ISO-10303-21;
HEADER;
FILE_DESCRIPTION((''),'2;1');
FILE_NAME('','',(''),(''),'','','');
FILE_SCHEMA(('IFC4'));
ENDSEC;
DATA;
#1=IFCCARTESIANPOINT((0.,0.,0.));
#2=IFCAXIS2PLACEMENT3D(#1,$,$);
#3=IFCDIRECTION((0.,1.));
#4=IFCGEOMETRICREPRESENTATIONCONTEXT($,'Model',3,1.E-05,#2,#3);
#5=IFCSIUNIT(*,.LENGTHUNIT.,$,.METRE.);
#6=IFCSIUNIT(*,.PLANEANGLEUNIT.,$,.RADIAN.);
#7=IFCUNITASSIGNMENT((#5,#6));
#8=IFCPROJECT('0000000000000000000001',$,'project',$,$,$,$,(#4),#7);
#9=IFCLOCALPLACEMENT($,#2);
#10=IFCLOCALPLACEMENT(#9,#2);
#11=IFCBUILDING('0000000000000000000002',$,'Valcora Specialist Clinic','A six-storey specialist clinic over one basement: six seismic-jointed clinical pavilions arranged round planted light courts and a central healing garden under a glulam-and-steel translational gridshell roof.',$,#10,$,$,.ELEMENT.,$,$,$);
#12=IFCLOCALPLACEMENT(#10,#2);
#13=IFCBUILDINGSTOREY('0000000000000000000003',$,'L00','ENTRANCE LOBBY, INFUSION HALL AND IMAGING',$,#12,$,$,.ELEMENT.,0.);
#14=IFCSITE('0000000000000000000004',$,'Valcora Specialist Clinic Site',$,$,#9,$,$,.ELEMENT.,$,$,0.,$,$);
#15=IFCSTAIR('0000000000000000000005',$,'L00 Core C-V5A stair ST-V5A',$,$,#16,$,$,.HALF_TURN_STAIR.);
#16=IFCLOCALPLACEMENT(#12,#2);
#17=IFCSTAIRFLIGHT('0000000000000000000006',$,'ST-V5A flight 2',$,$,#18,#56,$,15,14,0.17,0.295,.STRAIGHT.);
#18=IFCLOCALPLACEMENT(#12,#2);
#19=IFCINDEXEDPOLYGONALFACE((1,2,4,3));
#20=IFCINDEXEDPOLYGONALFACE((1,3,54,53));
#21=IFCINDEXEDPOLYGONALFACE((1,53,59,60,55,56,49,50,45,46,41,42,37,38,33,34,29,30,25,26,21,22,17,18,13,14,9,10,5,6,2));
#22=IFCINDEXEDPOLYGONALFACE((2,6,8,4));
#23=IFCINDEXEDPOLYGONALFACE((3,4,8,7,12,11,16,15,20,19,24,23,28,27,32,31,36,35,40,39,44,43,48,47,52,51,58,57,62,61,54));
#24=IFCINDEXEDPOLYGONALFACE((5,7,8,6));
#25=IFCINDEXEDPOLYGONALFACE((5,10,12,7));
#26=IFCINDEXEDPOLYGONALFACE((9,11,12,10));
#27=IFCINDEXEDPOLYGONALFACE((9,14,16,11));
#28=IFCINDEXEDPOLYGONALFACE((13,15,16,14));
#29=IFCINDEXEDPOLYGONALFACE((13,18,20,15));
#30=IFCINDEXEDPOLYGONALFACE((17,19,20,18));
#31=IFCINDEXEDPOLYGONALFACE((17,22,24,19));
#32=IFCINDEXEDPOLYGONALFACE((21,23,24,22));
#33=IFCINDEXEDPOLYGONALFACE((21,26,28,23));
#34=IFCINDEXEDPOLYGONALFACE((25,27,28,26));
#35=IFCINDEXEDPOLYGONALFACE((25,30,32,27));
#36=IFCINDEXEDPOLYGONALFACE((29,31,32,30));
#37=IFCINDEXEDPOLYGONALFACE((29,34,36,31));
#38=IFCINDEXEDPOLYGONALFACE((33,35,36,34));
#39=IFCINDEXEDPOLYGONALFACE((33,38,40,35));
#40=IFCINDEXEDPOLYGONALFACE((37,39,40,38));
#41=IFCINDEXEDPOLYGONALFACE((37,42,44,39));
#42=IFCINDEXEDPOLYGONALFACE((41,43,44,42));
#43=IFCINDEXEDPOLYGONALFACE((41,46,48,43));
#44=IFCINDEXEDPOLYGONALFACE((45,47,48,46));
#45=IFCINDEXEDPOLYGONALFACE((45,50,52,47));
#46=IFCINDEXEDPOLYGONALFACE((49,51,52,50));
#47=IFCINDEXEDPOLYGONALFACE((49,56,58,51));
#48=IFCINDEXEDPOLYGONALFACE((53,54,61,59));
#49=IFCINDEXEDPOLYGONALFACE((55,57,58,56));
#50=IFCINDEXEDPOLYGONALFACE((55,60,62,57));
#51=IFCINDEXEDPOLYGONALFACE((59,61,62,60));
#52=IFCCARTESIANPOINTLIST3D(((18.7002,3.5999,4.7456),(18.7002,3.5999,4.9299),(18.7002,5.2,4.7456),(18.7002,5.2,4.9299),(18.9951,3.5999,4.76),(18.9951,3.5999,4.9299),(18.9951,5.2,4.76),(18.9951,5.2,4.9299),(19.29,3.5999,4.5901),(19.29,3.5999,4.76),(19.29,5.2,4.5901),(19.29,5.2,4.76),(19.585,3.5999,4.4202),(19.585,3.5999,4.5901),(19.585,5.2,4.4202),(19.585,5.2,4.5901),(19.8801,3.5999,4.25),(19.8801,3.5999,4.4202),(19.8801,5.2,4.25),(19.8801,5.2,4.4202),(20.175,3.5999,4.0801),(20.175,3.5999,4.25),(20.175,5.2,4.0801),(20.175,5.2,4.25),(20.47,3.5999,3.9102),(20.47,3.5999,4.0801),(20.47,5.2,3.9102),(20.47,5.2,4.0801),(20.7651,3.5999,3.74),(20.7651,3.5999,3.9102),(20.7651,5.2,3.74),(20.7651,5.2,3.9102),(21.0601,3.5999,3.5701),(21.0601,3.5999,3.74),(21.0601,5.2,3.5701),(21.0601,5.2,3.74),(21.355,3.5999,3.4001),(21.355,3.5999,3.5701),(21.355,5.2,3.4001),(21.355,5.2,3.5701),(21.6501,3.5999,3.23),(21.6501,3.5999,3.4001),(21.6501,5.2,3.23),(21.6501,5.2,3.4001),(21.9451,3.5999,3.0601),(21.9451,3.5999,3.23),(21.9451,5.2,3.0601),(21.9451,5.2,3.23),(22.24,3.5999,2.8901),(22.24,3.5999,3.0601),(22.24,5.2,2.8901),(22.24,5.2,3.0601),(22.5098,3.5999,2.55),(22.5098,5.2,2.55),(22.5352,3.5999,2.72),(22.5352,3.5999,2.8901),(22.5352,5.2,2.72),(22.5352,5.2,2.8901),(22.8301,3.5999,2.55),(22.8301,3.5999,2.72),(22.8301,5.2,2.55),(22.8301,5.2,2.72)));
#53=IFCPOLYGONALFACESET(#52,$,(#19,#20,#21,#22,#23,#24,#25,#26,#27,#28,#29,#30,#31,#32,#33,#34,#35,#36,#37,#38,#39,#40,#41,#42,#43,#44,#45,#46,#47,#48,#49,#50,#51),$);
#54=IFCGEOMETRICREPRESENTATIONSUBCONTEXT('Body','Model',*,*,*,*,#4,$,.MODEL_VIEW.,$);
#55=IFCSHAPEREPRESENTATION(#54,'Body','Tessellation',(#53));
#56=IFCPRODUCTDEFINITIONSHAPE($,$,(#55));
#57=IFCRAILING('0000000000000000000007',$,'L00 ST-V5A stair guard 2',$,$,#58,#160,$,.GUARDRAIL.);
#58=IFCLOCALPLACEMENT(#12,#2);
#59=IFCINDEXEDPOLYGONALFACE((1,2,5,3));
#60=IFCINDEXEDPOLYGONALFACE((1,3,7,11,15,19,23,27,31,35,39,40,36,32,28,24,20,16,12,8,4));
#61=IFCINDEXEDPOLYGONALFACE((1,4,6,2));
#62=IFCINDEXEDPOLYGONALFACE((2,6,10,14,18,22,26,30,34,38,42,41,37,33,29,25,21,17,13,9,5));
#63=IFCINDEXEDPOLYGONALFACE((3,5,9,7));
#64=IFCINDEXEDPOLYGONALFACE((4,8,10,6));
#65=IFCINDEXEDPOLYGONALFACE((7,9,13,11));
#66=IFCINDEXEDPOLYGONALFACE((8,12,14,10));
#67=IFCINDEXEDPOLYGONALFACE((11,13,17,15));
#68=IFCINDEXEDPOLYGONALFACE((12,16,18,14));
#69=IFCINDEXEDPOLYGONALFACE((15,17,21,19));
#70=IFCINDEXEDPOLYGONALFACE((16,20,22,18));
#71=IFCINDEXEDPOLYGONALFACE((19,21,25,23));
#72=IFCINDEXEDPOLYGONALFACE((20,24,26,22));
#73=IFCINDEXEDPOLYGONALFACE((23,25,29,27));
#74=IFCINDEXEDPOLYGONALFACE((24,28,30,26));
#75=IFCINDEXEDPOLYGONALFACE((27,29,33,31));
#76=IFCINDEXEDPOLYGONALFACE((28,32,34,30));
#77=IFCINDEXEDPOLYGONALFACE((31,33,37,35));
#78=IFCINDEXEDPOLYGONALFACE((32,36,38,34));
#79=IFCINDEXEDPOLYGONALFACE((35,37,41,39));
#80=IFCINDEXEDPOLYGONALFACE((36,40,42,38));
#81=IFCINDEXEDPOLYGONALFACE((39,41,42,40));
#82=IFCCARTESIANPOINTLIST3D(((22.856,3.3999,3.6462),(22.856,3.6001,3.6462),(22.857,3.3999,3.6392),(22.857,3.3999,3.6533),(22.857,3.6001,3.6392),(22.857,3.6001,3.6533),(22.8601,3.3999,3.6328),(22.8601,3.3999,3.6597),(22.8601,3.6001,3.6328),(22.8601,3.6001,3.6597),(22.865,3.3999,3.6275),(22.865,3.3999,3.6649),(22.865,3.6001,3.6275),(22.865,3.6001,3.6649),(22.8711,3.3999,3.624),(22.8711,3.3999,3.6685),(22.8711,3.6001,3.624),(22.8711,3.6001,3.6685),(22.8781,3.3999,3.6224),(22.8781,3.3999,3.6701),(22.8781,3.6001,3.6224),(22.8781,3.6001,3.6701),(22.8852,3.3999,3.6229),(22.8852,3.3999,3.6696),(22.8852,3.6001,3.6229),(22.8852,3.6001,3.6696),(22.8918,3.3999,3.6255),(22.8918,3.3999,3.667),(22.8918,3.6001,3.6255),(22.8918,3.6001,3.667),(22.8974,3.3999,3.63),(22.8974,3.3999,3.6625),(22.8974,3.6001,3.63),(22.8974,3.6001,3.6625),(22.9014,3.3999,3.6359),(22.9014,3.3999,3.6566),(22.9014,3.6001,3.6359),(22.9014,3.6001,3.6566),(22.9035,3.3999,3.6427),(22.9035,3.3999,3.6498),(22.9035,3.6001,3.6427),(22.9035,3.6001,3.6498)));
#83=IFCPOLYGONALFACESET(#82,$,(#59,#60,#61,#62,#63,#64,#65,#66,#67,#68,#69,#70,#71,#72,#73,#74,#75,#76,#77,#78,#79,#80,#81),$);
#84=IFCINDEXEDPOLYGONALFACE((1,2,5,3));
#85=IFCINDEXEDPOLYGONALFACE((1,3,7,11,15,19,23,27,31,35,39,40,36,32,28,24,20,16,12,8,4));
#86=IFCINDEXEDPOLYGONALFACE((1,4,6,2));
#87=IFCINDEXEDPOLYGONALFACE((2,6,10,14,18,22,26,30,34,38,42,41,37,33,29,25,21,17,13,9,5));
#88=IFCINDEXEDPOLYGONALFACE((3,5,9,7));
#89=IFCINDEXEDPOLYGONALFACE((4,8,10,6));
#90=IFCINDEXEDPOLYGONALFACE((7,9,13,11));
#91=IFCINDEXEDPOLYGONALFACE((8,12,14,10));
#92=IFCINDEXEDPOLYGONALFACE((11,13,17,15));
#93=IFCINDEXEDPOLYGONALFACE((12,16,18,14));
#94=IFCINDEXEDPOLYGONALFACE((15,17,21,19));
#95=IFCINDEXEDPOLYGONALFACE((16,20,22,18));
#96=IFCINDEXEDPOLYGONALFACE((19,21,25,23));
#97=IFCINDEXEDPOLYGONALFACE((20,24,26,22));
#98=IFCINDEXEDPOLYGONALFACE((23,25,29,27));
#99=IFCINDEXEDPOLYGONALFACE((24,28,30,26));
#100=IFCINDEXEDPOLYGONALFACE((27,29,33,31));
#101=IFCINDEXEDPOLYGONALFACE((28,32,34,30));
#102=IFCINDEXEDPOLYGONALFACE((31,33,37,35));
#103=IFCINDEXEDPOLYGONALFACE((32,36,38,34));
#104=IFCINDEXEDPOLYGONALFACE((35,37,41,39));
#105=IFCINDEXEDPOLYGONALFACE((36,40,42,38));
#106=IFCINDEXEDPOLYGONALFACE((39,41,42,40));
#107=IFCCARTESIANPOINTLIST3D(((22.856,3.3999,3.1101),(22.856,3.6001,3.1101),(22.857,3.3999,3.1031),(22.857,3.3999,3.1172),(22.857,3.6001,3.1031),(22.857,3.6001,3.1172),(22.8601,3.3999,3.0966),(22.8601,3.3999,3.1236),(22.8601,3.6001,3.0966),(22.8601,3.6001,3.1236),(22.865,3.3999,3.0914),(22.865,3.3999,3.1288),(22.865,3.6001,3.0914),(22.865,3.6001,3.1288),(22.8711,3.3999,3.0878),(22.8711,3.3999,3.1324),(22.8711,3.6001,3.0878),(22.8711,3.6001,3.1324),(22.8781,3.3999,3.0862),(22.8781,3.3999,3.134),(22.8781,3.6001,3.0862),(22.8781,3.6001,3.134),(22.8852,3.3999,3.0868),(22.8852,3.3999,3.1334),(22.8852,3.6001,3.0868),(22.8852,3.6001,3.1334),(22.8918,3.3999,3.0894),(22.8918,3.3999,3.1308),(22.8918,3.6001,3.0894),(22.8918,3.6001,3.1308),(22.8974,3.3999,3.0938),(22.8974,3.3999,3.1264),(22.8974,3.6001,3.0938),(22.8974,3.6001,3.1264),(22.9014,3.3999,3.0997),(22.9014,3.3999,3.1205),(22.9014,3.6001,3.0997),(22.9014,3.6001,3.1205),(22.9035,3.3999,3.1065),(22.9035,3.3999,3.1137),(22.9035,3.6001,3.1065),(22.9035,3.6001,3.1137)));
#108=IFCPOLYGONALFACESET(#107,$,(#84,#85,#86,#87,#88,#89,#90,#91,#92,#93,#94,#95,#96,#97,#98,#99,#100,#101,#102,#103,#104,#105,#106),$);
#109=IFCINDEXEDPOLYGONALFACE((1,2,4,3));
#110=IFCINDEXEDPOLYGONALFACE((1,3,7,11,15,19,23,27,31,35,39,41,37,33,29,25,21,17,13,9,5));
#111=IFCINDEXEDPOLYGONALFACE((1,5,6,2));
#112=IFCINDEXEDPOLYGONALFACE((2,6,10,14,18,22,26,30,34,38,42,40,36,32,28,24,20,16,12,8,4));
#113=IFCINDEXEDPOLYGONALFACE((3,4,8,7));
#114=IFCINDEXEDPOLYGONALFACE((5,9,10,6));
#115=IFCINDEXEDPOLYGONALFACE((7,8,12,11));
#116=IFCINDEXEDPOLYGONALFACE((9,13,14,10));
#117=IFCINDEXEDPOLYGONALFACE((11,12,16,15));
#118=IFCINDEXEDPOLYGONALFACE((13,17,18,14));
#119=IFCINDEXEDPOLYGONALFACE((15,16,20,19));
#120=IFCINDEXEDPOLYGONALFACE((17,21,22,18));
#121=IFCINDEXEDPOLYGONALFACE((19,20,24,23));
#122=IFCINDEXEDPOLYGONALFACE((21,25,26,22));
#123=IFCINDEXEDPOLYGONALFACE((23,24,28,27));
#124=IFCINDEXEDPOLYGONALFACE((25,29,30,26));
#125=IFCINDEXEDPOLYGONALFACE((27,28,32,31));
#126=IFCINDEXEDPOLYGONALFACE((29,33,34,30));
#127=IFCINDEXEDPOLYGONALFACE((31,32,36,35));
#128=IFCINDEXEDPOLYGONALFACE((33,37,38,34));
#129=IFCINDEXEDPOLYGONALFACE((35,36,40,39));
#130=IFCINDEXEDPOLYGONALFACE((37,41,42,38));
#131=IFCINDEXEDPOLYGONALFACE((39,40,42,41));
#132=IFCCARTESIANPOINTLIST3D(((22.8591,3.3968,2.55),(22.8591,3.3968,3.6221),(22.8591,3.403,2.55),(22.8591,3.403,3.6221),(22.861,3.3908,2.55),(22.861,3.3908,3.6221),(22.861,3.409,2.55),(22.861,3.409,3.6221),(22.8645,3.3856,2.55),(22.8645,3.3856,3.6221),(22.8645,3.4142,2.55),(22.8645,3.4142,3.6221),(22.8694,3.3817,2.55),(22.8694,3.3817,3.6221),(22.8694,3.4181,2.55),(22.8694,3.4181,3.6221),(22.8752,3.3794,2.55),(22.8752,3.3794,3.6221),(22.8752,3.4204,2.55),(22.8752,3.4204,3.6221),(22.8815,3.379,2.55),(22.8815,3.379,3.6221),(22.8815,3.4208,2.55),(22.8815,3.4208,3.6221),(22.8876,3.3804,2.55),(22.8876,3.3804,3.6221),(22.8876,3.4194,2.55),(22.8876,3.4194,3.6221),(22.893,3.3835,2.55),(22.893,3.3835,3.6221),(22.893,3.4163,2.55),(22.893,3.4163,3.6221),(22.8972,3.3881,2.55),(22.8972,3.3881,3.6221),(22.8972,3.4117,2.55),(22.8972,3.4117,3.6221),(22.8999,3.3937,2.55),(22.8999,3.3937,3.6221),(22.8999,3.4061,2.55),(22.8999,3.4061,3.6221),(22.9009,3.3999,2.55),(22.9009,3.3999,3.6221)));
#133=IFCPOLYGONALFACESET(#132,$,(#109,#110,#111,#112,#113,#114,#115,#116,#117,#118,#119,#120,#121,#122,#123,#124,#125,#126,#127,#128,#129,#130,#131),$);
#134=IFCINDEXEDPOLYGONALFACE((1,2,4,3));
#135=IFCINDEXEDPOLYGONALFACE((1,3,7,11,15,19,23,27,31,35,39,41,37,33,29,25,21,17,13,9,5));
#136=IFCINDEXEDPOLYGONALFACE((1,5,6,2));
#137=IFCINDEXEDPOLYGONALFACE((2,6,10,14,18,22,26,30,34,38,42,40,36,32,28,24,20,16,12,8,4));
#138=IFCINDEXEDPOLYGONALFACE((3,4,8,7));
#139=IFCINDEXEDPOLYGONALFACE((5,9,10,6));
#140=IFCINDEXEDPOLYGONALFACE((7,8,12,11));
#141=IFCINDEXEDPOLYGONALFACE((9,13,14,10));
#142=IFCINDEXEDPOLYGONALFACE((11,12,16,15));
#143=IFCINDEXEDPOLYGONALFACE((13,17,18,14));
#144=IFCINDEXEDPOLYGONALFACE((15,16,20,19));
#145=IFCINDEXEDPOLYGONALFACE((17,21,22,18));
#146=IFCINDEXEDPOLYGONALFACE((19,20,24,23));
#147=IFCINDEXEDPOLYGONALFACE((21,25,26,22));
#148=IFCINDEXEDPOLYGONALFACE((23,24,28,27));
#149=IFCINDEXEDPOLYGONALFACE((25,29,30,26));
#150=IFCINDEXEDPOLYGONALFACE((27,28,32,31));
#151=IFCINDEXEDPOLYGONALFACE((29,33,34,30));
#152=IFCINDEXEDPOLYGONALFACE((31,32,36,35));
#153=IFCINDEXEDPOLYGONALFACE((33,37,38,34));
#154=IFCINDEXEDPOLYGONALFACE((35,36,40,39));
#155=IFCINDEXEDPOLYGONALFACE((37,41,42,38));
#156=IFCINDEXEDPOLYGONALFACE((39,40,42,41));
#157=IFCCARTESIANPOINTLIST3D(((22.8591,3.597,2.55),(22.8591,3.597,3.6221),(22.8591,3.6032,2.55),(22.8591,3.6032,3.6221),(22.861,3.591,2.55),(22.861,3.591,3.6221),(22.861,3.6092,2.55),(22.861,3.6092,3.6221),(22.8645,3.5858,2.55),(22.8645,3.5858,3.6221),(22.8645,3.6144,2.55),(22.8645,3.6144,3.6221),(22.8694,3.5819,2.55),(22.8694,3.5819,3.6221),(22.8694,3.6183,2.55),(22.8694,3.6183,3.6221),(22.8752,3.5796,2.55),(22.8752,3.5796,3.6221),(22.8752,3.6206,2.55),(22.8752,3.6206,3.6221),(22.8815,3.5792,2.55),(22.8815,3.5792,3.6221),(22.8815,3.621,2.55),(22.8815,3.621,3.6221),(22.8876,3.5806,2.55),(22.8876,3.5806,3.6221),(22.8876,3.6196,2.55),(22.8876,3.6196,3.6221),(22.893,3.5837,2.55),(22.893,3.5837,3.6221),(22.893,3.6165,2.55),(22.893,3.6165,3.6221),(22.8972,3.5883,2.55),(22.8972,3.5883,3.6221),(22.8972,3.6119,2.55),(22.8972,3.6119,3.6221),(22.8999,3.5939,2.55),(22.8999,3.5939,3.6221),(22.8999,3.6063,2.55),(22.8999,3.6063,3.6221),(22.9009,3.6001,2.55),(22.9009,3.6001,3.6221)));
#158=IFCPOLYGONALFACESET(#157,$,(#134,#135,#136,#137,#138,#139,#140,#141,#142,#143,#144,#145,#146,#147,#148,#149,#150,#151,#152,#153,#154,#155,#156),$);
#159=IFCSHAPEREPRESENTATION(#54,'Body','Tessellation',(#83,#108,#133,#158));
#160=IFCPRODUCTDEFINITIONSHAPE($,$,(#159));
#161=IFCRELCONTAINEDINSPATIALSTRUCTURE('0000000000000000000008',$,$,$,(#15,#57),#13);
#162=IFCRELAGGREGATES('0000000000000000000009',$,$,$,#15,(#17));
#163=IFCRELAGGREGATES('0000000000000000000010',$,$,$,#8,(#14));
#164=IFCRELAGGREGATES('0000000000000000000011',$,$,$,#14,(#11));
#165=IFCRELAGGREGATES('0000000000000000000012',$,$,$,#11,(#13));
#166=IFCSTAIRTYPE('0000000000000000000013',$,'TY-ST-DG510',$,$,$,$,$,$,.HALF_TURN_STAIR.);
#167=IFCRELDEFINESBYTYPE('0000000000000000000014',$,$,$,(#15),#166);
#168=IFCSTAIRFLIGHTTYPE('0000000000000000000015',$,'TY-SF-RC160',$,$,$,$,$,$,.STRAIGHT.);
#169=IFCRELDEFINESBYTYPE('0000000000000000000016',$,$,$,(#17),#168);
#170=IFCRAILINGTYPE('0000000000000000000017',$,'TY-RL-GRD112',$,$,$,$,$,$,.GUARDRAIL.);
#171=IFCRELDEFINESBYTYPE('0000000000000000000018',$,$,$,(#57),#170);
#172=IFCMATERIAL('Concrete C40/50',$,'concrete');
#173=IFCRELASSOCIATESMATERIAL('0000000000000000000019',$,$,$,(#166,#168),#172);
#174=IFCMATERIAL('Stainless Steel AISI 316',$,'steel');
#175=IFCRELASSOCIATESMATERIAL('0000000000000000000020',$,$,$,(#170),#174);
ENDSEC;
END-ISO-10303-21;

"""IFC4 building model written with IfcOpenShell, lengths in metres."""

from ifc_helpers import new_model, si_unit, direction, frame, origin, origin_2d, place, context, subcontext, project, spatial, polyline, circle, outline, extrude, material, type_object, element, aggregate, save


model = new_model("IFC4")

# Units and contexts
model_context = context("Model", 3, precision=1e-05, world=origin(), true_north=direction((0.0, 1.0)))
body_context = subcontext(model_context, "Body", "Model", "MODEL_VIEW")
ifc_project = project(units=[si_unit("LENGTHUNIT", "METRE"), si_unit("PLANEANGLEUNIT", "RADIAN")], contexts=[model_context])

# Site, building, storey
site_placement = place(None, origin())
site = spatial("IfcSite", under=ifc_project, at=site_placement, Name="Valcora Specialist Clinic Site", CompositionType="ELEMENT", RefElevation=0.0)
building_placement = place(site_placement, origin())
building = spatial("IfcBuilding", under=site, at=building_placement, Name="Valcora Specialist Clinic", Description="A six-storey specialist clinic over one basement: six seismic-jointed clinical pavilions arranged round planted light courts and a central healing garden under a glulam-and-steel translational gridshell roof.", CompositionType="ELEMENT")
storey_placement = place(building_placement, origin())
storey = spatial("IfcBuildingStorey", under=building, at=storey_placement, Name="L00", Description="ENTRANCE LOBBY, INFUSION HALL AND IMAGING", CompositionType="ELEMENT", Elevation=0.0)

# Shared definitions
ifc_material_1 = material(Name="Concrete C40/50", Category="concrete")

# Shared definitions
ifc_material_2 = material(Name="Stainless Steel AISI 316", Category="steel")

# Stair, stair flight
stair_type = type_object("IfcStairType", Name="TY-ST-DG510", PredefinedType="HALF_TURN_STAIR", material=ifc_material_1)
stair_placement = place(storey_placement, origin())
stair = element("IfcStair", 1, at=stair_placement, inside=storey, type_object=stair_type, Name="L00 Core C-V5A stair ST-V5A", PredefinedType="HALF_TURN_STAIR")
stair_flight_type = type_object("IfcStairFlightType", Name="TY-SF-RC160", PredefinedType="STRAIGHT", material=ifc_material_1)
stair_flight_1_placement = place(storey_placement, frame((22.8301, 4.3999, 2.55), z_axis=(0.0, 0.0, 1.0), x_axis=(-1.0, 0.0, 0.0)))
stair_flight_1 = element("IfcStairFlight", 2, at=stair_flight_1_placement, type_object=stair_flight_type, Name="ST-V5A flight 2", NumberOfRisers=15, NumberOfTreads=14, PredefinedType="STRAIGHT", RiserHeight=0.17, TreadLength=0.295, context=body_context, shape_type="SweptSolid", body=[
    extrude(outline(polyline([(0.0, 0.0), (0.0, 0.1699), (0.2949, 0.1699), (0.2949, 0.3401), (0.5901, 0.3401), (0.5901, 0.51), (0.885, 0.51), (0.885, 0.6799), (1.1799, 0.6799), (1.1799, 0.8501), (1.4751, 0.8501), (1.4751, 1.02), (1.77, 1.02), (1.77, 1.1899), (2.0649, 1.1899), (2.0649, 1.3601), (2.3601, 1.3601), (2.3601, 1.53), (2.655, 1.53), (2.655, 1.7), (2.95, 1.7), (2.95, 1.8701), (3.2451, 1.8701), (3.2451, 2.04), (3.54, 2.04), (3.54, 2.21), (3.835, 2.21), (3.835, 2.3799), (4.1299, 2.3799), (4.1299, 2.55), (4.1299, 2.1956), (0.3203, 0.0), (0.0, 0.0)])), frame((0.0, 0.8, 0.0), z_axis=(0.0, -1.0, 0.0), x_axis=(1.0, 0.0, 0.0)), (0.0, 0.0, 1.0), 1.6001),
])
aggregate(stair, [stair_flight_1])

# Railing
railing_type_1 = type_object("IfcRailingType", Name="TY-RL-GRD112", PredefinedType="GUARDRAIL", material=ifc_material_2)
railing_1_placement = place(storey_placement, frame((22.8799, 3.3999, 2.55)))
element("IfcRailing", 3, at=railing_1_placement, inside=storey, type_object=railing_type_1, Name="L00 ST-V5A stair guard 2", PredefinedType="GUARDRAIL", context=body_context, shape_type="SweptSolid", body=[
    extrude(circle(Radius=0.0239, at=origin_2d()), frame((0.0, 0.0, 1.0962), z_axis=(0.0, 1.0, 0.0), x_axis=(-1.0, 0.0, 0.0)), (0.0, 0.0, 1.0), 0.2002),
    extrude(circle(Radius=0.0239, at=origin_2d()), frame((0.0, 0.0, 0.5601), z_axis=(0.0, 1.0, 0.0), x_axis=(-1.0, 0.0, 0.0)), (0.0, 0.0, 1.0), 0.2002),
    extrude(circle(Radius=0.021, at=origin_2d()), origin(), (0.0, 0.0, 1.0), 1.072),
    extrude(circle(Radius=0.021, at=origin_2d()), frame((0.0, 0.2002, 0.0)), (0.0, 0.0, 1.0), 1.072),
])

save(model, "model.ifc")
